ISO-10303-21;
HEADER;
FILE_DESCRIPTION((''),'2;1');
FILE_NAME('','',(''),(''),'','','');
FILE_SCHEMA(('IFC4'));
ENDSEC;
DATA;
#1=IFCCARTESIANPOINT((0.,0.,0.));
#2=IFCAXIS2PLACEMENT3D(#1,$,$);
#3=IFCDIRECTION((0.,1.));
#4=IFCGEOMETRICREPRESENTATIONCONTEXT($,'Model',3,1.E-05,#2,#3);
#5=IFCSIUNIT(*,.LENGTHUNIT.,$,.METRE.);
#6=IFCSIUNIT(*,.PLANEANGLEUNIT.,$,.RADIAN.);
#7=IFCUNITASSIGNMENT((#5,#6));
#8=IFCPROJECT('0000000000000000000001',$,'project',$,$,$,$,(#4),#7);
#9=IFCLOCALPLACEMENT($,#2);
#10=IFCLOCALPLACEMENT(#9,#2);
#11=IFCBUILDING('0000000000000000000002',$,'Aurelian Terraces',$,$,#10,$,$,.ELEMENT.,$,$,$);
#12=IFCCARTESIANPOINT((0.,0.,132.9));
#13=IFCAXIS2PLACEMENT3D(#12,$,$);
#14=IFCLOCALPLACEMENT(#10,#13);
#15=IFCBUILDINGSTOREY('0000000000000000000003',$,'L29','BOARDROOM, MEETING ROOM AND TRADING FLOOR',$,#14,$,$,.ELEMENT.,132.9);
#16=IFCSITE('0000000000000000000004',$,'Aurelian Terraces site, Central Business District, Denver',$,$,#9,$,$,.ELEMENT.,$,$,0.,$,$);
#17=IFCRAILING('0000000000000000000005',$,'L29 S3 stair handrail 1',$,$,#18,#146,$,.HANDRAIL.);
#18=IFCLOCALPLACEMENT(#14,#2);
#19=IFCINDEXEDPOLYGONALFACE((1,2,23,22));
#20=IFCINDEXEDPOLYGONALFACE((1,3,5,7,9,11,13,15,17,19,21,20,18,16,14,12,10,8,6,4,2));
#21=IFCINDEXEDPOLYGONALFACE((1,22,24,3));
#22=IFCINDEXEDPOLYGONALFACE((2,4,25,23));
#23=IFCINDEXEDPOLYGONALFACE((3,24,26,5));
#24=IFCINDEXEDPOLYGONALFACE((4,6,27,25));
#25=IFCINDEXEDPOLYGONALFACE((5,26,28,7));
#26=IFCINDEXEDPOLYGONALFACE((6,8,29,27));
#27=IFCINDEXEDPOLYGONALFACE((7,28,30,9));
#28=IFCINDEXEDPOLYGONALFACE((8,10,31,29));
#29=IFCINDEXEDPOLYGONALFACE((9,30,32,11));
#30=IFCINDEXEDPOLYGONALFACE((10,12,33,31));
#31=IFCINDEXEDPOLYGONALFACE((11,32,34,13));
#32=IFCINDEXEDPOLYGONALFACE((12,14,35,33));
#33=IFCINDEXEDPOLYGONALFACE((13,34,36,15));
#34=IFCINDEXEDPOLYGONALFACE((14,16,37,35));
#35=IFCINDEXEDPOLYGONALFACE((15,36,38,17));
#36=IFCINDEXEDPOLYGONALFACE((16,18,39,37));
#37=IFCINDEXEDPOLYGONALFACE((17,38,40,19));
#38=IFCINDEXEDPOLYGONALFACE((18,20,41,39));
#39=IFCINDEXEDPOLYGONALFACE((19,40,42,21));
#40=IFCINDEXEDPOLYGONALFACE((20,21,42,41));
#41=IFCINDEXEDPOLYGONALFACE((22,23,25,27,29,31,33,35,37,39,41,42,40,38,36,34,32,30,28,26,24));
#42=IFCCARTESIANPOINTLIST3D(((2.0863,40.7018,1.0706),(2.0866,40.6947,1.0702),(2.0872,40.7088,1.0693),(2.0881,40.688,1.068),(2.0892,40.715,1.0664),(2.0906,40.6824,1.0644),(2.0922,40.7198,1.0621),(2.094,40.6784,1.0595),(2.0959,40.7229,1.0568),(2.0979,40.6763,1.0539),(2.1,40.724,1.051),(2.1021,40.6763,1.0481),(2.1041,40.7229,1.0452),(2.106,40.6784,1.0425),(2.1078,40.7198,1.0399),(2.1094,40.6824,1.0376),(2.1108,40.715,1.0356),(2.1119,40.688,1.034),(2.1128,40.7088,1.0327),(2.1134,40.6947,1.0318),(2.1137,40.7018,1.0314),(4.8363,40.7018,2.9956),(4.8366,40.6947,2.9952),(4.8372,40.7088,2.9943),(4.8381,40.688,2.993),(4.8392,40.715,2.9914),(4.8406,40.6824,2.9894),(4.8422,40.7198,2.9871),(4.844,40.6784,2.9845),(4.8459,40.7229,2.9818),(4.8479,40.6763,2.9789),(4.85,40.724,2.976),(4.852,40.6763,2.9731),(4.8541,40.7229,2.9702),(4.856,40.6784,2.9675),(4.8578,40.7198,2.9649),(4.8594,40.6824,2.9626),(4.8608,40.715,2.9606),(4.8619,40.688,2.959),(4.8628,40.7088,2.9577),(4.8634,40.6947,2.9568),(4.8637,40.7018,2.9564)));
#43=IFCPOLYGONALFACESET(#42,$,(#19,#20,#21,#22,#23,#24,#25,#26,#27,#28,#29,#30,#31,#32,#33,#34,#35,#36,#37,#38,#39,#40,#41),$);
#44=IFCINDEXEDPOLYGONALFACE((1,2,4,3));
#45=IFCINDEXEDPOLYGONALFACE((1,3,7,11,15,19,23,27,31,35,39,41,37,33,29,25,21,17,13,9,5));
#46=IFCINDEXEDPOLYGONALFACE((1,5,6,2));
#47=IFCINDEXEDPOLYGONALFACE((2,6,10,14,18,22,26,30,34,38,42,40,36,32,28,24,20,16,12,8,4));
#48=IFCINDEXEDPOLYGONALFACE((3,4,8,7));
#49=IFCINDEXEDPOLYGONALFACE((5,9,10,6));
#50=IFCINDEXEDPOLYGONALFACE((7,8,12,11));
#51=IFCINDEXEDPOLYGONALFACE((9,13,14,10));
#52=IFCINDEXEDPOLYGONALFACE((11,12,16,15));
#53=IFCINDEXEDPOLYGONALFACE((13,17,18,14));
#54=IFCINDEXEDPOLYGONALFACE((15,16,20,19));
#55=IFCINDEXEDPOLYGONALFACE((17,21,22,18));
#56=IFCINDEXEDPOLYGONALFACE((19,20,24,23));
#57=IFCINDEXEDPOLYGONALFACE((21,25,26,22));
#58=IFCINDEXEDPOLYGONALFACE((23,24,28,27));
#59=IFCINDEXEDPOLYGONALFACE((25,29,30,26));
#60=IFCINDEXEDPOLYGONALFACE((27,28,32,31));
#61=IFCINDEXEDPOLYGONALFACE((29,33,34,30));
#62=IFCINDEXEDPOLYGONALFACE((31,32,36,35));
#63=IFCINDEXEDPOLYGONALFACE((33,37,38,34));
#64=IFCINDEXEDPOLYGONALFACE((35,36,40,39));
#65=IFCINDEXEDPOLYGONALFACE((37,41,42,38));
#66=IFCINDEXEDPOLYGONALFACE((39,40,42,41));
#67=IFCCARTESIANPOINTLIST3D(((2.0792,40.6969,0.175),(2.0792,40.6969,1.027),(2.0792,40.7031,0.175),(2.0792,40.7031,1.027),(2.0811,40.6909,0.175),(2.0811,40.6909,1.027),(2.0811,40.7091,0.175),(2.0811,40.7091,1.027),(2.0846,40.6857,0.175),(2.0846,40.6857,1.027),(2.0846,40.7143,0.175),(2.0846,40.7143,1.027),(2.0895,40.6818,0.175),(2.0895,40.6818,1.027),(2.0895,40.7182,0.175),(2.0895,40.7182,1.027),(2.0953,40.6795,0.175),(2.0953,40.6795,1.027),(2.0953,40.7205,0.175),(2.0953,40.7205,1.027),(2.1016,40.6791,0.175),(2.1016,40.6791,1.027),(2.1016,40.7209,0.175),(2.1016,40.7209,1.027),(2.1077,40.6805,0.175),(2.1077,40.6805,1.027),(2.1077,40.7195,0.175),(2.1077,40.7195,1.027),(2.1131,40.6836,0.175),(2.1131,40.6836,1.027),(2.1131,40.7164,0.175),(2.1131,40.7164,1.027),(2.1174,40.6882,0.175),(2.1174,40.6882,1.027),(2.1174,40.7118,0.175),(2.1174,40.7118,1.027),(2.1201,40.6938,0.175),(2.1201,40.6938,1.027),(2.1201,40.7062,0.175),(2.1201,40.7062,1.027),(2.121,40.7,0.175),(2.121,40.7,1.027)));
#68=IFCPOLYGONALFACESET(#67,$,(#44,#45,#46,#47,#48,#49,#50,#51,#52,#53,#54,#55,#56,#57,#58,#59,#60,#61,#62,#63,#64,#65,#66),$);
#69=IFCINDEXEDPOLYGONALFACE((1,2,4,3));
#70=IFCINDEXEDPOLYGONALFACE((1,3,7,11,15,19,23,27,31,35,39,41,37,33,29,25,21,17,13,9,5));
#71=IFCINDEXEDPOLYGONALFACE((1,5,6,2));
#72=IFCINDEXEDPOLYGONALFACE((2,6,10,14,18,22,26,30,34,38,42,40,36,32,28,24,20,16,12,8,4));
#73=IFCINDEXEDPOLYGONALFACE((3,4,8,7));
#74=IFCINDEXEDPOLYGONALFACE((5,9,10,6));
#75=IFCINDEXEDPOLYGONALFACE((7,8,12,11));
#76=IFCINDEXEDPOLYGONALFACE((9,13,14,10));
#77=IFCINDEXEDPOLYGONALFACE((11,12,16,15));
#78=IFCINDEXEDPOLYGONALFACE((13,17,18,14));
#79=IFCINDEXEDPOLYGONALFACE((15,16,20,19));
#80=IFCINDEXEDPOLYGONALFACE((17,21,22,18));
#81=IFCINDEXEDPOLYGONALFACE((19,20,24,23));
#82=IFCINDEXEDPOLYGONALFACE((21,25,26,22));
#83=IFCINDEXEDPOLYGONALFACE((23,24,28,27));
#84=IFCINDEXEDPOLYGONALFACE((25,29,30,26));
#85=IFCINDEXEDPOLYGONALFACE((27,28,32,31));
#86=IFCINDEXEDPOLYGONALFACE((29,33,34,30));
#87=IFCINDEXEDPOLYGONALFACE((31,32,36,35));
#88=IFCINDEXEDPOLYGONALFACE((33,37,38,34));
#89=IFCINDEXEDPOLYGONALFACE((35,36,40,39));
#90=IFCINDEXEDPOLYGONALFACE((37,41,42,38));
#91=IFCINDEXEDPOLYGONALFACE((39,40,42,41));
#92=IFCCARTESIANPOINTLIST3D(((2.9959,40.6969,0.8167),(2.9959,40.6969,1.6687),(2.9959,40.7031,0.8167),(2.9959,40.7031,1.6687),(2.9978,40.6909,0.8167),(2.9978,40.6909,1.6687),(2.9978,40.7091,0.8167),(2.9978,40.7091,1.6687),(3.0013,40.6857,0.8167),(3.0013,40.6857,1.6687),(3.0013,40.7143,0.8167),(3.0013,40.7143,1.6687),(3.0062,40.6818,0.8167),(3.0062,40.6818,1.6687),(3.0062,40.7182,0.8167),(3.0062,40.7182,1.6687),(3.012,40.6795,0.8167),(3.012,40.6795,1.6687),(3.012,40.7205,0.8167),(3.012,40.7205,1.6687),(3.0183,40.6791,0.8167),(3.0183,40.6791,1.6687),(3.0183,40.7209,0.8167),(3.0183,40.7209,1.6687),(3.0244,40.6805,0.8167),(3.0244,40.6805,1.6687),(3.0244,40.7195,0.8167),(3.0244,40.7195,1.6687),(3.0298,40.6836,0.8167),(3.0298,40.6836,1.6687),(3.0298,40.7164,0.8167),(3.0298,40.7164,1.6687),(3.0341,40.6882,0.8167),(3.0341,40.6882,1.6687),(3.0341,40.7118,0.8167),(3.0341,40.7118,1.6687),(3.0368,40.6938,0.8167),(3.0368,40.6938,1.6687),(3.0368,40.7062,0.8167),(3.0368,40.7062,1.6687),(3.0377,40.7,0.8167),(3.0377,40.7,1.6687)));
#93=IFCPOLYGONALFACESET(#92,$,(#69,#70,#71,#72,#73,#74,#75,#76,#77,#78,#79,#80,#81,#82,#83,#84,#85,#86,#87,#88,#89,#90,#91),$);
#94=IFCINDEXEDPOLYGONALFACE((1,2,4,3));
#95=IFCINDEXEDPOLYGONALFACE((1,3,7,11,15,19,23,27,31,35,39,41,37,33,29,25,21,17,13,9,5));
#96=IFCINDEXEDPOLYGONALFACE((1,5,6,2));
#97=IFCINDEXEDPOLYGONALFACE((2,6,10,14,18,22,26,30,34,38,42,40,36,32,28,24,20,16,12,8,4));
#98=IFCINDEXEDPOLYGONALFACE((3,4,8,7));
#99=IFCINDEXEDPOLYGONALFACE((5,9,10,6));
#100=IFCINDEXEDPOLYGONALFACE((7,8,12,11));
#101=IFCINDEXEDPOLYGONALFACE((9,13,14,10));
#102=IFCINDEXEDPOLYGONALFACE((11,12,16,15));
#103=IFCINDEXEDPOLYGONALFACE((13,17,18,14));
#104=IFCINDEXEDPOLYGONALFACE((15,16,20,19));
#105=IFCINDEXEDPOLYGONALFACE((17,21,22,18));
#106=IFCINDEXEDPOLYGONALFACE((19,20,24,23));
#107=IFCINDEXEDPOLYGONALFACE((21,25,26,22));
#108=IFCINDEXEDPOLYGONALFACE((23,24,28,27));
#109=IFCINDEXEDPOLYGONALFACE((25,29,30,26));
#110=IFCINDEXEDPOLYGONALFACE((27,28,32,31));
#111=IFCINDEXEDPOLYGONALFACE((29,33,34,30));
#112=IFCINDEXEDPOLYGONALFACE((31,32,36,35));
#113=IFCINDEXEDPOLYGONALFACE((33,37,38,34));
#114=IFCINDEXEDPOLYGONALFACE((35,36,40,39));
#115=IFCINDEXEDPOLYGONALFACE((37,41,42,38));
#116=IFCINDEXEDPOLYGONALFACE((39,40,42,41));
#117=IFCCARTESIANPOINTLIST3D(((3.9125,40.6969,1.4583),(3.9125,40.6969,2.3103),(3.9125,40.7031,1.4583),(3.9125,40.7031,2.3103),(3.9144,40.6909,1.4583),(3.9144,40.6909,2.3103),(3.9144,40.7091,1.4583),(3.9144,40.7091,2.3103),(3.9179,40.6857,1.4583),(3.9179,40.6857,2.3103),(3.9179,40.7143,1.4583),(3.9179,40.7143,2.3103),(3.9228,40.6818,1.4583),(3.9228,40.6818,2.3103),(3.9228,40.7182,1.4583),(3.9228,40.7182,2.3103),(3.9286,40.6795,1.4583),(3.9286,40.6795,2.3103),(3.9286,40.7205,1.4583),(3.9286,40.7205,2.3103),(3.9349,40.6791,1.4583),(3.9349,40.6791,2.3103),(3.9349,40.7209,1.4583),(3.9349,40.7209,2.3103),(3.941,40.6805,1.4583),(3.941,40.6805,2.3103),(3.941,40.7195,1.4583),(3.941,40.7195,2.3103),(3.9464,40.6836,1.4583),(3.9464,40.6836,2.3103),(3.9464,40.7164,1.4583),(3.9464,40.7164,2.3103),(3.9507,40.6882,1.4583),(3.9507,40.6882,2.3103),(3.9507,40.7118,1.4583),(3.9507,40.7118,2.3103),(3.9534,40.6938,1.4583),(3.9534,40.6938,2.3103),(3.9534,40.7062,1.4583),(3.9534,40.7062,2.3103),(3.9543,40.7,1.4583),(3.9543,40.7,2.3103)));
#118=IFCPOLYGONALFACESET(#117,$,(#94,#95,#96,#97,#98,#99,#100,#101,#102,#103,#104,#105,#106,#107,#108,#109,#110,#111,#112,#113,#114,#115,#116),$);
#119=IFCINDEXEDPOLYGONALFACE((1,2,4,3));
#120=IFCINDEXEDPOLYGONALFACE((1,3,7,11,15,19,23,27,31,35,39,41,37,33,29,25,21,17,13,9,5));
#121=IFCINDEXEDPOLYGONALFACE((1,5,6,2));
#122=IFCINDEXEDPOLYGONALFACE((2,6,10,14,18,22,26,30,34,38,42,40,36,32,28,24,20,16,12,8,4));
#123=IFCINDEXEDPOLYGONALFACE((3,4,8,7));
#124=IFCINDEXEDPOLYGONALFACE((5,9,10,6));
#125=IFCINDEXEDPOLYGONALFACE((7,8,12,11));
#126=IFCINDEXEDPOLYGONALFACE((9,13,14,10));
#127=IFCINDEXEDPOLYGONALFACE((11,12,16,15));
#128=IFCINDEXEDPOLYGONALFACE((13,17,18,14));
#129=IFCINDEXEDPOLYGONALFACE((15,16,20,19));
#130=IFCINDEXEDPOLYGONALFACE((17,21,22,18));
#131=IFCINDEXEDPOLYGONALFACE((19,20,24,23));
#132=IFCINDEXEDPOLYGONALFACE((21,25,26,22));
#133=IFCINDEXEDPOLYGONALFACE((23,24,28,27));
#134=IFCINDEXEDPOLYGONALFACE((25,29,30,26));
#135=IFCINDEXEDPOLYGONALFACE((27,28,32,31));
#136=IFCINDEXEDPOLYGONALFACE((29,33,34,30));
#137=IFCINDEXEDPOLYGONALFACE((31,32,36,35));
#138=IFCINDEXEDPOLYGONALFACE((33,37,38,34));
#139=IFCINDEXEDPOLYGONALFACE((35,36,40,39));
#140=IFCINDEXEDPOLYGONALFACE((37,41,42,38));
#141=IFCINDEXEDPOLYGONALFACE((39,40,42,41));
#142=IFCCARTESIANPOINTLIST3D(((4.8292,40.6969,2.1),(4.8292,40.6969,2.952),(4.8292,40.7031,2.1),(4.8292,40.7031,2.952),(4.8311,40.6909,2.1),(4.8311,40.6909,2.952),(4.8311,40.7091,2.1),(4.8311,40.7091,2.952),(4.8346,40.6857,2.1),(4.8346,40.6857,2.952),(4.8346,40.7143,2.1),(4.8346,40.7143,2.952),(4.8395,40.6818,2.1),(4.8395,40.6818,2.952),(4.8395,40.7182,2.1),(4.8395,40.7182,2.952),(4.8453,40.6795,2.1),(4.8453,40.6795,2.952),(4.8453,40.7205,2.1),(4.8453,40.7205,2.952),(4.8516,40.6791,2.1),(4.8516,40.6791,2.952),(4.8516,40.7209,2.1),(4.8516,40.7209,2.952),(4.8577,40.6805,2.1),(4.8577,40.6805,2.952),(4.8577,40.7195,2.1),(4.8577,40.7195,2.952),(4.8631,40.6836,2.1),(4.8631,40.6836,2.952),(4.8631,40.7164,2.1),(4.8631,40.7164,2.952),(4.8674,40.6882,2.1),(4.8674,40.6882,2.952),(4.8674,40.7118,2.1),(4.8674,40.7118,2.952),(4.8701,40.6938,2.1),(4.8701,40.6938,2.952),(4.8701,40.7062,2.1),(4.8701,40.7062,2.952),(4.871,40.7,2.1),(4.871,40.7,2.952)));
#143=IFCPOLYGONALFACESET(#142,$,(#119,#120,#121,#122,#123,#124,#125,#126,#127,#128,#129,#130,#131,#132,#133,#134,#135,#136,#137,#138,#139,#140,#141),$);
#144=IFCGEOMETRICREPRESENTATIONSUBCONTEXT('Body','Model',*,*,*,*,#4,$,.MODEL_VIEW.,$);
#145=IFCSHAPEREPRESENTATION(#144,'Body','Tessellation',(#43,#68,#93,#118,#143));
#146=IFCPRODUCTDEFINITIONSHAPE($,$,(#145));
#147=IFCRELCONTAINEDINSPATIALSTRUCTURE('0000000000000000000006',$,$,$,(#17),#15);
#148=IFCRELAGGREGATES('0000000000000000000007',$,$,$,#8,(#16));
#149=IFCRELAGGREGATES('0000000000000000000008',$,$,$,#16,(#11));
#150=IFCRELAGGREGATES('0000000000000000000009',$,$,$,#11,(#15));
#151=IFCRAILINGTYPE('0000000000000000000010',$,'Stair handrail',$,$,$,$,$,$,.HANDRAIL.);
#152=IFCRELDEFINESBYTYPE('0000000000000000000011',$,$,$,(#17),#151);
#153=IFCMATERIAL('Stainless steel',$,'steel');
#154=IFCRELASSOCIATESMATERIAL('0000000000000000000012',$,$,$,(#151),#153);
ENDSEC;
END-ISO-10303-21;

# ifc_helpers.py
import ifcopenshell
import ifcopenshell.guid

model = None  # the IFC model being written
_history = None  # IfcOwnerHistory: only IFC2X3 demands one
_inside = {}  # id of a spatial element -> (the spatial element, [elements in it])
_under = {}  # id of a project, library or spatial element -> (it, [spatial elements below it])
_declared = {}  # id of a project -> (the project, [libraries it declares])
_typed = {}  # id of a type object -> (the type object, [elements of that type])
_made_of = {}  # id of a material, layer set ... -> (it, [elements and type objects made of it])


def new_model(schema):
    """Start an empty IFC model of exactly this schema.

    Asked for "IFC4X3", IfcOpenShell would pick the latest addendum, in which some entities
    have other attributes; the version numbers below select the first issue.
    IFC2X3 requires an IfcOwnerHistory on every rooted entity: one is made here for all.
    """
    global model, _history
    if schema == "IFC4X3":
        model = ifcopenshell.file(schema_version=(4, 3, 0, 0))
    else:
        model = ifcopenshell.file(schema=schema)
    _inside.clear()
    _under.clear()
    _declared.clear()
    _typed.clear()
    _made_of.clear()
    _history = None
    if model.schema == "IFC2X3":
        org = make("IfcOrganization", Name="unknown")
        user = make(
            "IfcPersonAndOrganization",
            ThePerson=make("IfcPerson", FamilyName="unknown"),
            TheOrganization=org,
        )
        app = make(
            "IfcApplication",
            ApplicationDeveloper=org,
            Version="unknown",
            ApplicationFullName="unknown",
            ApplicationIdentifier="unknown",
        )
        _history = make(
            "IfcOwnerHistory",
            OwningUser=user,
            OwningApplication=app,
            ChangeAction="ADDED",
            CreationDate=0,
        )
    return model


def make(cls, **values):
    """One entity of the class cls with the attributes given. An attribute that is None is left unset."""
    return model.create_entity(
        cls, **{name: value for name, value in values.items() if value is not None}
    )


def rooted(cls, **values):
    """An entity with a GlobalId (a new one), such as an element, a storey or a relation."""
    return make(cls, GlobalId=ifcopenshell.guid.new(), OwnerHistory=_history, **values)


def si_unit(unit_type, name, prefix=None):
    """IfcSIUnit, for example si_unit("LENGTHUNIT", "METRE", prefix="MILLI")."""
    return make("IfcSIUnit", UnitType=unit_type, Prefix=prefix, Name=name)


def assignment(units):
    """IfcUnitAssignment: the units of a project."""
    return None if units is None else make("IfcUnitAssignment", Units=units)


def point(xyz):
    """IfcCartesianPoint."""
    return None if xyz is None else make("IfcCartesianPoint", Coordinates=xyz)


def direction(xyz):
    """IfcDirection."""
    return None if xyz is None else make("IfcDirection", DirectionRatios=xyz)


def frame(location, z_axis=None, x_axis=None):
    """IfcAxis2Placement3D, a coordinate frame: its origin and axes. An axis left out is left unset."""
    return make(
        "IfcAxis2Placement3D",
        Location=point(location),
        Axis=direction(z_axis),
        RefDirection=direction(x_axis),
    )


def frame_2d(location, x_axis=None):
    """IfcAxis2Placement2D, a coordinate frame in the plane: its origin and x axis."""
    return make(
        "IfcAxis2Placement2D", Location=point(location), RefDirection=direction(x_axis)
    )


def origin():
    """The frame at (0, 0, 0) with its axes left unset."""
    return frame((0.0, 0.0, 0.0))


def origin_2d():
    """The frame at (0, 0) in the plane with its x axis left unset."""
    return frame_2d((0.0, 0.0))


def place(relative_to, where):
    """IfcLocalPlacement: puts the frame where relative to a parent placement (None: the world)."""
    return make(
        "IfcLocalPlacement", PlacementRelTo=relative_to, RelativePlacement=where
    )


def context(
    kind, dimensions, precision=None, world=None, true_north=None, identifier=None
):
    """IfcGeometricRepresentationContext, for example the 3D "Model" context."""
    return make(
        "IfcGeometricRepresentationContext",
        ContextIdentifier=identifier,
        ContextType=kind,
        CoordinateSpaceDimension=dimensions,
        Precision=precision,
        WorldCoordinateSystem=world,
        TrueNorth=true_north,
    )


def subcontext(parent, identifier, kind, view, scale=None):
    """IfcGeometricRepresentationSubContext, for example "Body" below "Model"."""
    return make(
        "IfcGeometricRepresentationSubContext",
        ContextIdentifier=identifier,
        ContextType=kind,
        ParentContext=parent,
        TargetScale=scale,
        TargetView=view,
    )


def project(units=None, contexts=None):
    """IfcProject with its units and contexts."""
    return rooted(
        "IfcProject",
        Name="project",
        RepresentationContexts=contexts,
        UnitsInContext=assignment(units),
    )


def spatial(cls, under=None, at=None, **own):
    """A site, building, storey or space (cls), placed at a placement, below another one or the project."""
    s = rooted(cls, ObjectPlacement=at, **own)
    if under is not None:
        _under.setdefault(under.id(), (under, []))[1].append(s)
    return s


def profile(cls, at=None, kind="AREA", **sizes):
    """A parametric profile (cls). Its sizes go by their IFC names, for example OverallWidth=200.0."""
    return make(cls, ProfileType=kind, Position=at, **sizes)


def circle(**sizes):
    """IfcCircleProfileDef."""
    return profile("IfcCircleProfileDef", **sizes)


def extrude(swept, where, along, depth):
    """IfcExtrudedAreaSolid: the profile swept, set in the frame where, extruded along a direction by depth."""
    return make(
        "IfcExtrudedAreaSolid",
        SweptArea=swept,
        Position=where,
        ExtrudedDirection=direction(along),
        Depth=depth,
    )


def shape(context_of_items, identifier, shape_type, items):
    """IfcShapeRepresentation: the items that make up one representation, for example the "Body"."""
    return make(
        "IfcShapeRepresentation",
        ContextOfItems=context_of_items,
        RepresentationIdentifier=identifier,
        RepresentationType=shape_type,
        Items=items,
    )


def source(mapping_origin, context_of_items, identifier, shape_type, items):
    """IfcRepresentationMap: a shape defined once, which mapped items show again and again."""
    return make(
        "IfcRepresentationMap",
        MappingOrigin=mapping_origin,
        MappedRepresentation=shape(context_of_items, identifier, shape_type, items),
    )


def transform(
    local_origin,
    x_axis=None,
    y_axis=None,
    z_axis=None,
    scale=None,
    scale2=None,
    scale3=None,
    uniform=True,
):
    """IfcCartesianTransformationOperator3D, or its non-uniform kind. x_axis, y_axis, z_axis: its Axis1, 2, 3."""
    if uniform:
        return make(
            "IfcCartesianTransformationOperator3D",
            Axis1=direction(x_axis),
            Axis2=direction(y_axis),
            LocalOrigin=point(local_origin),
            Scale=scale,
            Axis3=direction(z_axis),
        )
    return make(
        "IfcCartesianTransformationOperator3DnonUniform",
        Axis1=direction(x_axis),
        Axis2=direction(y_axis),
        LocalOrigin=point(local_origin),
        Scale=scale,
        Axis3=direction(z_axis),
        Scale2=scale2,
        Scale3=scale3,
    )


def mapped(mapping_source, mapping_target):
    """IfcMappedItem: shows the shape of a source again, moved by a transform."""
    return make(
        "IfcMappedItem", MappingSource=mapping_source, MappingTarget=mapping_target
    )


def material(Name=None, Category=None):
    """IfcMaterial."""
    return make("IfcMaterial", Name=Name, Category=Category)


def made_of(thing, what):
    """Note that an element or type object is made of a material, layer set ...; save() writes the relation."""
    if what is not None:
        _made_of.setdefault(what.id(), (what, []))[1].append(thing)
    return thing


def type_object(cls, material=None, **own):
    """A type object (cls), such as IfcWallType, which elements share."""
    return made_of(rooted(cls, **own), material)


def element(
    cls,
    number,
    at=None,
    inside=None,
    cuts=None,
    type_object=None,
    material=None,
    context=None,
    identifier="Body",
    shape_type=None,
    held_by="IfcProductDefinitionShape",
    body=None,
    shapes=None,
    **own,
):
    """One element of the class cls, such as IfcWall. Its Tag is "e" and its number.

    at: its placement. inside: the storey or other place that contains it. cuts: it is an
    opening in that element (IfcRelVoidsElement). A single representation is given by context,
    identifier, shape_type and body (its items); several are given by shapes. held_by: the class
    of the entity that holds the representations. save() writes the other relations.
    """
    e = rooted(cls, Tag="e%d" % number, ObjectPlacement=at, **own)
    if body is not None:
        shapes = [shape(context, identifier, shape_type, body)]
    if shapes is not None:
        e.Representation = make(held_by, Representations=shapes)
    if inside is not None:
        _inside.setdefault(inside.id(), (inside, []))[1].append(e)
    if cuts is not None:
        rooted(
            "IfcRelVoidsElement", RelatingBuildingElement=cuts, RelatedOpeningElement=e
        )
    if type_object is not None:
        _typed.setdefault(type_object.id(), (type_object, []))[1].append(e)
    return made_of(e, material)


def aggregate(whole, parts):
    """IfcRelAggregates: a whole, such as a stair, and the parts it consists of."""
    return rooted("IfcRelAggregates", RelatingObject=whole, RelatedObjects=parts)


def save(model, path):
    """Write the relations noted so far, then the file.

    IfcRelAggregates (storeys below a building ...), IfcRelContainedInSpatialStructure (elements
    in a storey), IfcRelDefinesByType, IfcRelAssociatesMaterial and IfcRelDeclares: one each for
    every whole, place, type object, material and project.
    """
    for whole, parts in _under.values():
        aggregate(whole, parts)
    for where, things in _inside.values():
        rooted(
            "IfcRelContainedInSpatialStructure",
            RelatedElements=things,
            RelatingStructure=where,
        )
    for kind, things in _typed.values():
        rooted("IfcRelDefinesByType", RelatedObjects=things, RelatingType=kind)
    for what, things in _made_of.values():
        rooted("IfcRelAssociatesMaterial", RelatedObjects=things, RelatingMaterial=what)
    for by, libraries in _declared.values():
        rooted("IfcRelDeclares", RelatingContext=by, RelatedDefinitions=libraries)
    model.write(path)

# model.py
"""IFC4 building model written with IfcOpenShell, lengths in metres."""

from ifc_helpers import new_model, si_unit, direction, frame, origin, origin_2d, place, context, subcontext, project, spatial, circle, extrude, source, transform, mapped, material, type_object, element, save


model = new_model("IFC4")

# Units and contexts
model_context = context("Model", 3, precision=1e-05, world=origin(), true_north=direction((0.0, 1.0)))
body_context = subcontext(model_context, "Body", "Model", "MODEL_VIEW")
ifc_project = project(units=[si_unit("LENGTHUNIT", "METRE"), si_unit("PLANEANGLEUNIT", "RADIAN")], contexts=[model_context])

# Site, building, storey
site_placement = place(None, origin())
site = spatial("IfcSite", under=ifc_project, at=site_placement, Name="Aurelian Terraces site, Central Business District, Denver", CompositionType="ELEMENT", RefElevation=0.0)
building_placement = place(site_placement, origin())
building = spatial("IfcBuilding", under=site, at=building_placement, Name="Aurelian Terraces", CompositionType="ELEMENT")
storey_placement = place(building_placement, frame((0.0, 0.0, 132.9)))
storey = spatial("IfcBuildingStorey", under=building, at=storey_placement, Name="L29", Description="BOARDROOM, MEETING ROOM AND TRADING FLOOR", CompositionType="ELEMENT", Elevation=132.9)

# Railing
ifc_material_1 = material(Name="Stainless steel", Category="steel")
railing_type_1 = type_object("IfcRailingType", Name="Stair handrail", PredefinedType="HANDRAIL", material=ifc_material_1)
shared_shape_1 = source(origin(), body_context, "Body", "SweptSolid", [
    extrude(circle(Radius=0.024, at=origin_2d()), frame((0.0, 0.0, 0.876), z_axis=(0.819232, 0.0, 0.573462), x_axis=(0.0, 1.0, 0.0)), (0.0, 0.0, 1.0), 3.3568),
    extrude(circle(Radius=0.021, at=origin_2d()), origin(), (0.0, 0.0, 1.0), 0.852),
    extrude(circle(Radius=0.021, at=origin_2d()), frame((0.9167, 0.0, 0.6417)), (0.0, 0.0, 1.0), 0.852),
    extrude(circle(Radius=0.021, at=origin_2d()), frame((1.8333, 0.0, 1.2833)), (0.0, 0.0, 1.0), 0.852),
    extrude(circle(Radius=0.021, at=origin_2d()), frame((2.75, 0.0, 1.925)), (0.0, 0.0, 1.0), 0.852),
])
railing_1_placement = place(storey_placement, frame((2.1, 40.7, 0.175)))
element("IfcRailing", 1, at=railing_1_placement, inside=storey, type_object=railing_type_1, Name="L29 S3 stair handrail 1", PredefinedType="HANDRAIL", context=body_context, shape_type="MappedRepresentation", body=[
    mapped(shared_shape_1, transform((0.0, 0.0, 0.0), scale=1.0)),
])

save(model, "model.ifc")
